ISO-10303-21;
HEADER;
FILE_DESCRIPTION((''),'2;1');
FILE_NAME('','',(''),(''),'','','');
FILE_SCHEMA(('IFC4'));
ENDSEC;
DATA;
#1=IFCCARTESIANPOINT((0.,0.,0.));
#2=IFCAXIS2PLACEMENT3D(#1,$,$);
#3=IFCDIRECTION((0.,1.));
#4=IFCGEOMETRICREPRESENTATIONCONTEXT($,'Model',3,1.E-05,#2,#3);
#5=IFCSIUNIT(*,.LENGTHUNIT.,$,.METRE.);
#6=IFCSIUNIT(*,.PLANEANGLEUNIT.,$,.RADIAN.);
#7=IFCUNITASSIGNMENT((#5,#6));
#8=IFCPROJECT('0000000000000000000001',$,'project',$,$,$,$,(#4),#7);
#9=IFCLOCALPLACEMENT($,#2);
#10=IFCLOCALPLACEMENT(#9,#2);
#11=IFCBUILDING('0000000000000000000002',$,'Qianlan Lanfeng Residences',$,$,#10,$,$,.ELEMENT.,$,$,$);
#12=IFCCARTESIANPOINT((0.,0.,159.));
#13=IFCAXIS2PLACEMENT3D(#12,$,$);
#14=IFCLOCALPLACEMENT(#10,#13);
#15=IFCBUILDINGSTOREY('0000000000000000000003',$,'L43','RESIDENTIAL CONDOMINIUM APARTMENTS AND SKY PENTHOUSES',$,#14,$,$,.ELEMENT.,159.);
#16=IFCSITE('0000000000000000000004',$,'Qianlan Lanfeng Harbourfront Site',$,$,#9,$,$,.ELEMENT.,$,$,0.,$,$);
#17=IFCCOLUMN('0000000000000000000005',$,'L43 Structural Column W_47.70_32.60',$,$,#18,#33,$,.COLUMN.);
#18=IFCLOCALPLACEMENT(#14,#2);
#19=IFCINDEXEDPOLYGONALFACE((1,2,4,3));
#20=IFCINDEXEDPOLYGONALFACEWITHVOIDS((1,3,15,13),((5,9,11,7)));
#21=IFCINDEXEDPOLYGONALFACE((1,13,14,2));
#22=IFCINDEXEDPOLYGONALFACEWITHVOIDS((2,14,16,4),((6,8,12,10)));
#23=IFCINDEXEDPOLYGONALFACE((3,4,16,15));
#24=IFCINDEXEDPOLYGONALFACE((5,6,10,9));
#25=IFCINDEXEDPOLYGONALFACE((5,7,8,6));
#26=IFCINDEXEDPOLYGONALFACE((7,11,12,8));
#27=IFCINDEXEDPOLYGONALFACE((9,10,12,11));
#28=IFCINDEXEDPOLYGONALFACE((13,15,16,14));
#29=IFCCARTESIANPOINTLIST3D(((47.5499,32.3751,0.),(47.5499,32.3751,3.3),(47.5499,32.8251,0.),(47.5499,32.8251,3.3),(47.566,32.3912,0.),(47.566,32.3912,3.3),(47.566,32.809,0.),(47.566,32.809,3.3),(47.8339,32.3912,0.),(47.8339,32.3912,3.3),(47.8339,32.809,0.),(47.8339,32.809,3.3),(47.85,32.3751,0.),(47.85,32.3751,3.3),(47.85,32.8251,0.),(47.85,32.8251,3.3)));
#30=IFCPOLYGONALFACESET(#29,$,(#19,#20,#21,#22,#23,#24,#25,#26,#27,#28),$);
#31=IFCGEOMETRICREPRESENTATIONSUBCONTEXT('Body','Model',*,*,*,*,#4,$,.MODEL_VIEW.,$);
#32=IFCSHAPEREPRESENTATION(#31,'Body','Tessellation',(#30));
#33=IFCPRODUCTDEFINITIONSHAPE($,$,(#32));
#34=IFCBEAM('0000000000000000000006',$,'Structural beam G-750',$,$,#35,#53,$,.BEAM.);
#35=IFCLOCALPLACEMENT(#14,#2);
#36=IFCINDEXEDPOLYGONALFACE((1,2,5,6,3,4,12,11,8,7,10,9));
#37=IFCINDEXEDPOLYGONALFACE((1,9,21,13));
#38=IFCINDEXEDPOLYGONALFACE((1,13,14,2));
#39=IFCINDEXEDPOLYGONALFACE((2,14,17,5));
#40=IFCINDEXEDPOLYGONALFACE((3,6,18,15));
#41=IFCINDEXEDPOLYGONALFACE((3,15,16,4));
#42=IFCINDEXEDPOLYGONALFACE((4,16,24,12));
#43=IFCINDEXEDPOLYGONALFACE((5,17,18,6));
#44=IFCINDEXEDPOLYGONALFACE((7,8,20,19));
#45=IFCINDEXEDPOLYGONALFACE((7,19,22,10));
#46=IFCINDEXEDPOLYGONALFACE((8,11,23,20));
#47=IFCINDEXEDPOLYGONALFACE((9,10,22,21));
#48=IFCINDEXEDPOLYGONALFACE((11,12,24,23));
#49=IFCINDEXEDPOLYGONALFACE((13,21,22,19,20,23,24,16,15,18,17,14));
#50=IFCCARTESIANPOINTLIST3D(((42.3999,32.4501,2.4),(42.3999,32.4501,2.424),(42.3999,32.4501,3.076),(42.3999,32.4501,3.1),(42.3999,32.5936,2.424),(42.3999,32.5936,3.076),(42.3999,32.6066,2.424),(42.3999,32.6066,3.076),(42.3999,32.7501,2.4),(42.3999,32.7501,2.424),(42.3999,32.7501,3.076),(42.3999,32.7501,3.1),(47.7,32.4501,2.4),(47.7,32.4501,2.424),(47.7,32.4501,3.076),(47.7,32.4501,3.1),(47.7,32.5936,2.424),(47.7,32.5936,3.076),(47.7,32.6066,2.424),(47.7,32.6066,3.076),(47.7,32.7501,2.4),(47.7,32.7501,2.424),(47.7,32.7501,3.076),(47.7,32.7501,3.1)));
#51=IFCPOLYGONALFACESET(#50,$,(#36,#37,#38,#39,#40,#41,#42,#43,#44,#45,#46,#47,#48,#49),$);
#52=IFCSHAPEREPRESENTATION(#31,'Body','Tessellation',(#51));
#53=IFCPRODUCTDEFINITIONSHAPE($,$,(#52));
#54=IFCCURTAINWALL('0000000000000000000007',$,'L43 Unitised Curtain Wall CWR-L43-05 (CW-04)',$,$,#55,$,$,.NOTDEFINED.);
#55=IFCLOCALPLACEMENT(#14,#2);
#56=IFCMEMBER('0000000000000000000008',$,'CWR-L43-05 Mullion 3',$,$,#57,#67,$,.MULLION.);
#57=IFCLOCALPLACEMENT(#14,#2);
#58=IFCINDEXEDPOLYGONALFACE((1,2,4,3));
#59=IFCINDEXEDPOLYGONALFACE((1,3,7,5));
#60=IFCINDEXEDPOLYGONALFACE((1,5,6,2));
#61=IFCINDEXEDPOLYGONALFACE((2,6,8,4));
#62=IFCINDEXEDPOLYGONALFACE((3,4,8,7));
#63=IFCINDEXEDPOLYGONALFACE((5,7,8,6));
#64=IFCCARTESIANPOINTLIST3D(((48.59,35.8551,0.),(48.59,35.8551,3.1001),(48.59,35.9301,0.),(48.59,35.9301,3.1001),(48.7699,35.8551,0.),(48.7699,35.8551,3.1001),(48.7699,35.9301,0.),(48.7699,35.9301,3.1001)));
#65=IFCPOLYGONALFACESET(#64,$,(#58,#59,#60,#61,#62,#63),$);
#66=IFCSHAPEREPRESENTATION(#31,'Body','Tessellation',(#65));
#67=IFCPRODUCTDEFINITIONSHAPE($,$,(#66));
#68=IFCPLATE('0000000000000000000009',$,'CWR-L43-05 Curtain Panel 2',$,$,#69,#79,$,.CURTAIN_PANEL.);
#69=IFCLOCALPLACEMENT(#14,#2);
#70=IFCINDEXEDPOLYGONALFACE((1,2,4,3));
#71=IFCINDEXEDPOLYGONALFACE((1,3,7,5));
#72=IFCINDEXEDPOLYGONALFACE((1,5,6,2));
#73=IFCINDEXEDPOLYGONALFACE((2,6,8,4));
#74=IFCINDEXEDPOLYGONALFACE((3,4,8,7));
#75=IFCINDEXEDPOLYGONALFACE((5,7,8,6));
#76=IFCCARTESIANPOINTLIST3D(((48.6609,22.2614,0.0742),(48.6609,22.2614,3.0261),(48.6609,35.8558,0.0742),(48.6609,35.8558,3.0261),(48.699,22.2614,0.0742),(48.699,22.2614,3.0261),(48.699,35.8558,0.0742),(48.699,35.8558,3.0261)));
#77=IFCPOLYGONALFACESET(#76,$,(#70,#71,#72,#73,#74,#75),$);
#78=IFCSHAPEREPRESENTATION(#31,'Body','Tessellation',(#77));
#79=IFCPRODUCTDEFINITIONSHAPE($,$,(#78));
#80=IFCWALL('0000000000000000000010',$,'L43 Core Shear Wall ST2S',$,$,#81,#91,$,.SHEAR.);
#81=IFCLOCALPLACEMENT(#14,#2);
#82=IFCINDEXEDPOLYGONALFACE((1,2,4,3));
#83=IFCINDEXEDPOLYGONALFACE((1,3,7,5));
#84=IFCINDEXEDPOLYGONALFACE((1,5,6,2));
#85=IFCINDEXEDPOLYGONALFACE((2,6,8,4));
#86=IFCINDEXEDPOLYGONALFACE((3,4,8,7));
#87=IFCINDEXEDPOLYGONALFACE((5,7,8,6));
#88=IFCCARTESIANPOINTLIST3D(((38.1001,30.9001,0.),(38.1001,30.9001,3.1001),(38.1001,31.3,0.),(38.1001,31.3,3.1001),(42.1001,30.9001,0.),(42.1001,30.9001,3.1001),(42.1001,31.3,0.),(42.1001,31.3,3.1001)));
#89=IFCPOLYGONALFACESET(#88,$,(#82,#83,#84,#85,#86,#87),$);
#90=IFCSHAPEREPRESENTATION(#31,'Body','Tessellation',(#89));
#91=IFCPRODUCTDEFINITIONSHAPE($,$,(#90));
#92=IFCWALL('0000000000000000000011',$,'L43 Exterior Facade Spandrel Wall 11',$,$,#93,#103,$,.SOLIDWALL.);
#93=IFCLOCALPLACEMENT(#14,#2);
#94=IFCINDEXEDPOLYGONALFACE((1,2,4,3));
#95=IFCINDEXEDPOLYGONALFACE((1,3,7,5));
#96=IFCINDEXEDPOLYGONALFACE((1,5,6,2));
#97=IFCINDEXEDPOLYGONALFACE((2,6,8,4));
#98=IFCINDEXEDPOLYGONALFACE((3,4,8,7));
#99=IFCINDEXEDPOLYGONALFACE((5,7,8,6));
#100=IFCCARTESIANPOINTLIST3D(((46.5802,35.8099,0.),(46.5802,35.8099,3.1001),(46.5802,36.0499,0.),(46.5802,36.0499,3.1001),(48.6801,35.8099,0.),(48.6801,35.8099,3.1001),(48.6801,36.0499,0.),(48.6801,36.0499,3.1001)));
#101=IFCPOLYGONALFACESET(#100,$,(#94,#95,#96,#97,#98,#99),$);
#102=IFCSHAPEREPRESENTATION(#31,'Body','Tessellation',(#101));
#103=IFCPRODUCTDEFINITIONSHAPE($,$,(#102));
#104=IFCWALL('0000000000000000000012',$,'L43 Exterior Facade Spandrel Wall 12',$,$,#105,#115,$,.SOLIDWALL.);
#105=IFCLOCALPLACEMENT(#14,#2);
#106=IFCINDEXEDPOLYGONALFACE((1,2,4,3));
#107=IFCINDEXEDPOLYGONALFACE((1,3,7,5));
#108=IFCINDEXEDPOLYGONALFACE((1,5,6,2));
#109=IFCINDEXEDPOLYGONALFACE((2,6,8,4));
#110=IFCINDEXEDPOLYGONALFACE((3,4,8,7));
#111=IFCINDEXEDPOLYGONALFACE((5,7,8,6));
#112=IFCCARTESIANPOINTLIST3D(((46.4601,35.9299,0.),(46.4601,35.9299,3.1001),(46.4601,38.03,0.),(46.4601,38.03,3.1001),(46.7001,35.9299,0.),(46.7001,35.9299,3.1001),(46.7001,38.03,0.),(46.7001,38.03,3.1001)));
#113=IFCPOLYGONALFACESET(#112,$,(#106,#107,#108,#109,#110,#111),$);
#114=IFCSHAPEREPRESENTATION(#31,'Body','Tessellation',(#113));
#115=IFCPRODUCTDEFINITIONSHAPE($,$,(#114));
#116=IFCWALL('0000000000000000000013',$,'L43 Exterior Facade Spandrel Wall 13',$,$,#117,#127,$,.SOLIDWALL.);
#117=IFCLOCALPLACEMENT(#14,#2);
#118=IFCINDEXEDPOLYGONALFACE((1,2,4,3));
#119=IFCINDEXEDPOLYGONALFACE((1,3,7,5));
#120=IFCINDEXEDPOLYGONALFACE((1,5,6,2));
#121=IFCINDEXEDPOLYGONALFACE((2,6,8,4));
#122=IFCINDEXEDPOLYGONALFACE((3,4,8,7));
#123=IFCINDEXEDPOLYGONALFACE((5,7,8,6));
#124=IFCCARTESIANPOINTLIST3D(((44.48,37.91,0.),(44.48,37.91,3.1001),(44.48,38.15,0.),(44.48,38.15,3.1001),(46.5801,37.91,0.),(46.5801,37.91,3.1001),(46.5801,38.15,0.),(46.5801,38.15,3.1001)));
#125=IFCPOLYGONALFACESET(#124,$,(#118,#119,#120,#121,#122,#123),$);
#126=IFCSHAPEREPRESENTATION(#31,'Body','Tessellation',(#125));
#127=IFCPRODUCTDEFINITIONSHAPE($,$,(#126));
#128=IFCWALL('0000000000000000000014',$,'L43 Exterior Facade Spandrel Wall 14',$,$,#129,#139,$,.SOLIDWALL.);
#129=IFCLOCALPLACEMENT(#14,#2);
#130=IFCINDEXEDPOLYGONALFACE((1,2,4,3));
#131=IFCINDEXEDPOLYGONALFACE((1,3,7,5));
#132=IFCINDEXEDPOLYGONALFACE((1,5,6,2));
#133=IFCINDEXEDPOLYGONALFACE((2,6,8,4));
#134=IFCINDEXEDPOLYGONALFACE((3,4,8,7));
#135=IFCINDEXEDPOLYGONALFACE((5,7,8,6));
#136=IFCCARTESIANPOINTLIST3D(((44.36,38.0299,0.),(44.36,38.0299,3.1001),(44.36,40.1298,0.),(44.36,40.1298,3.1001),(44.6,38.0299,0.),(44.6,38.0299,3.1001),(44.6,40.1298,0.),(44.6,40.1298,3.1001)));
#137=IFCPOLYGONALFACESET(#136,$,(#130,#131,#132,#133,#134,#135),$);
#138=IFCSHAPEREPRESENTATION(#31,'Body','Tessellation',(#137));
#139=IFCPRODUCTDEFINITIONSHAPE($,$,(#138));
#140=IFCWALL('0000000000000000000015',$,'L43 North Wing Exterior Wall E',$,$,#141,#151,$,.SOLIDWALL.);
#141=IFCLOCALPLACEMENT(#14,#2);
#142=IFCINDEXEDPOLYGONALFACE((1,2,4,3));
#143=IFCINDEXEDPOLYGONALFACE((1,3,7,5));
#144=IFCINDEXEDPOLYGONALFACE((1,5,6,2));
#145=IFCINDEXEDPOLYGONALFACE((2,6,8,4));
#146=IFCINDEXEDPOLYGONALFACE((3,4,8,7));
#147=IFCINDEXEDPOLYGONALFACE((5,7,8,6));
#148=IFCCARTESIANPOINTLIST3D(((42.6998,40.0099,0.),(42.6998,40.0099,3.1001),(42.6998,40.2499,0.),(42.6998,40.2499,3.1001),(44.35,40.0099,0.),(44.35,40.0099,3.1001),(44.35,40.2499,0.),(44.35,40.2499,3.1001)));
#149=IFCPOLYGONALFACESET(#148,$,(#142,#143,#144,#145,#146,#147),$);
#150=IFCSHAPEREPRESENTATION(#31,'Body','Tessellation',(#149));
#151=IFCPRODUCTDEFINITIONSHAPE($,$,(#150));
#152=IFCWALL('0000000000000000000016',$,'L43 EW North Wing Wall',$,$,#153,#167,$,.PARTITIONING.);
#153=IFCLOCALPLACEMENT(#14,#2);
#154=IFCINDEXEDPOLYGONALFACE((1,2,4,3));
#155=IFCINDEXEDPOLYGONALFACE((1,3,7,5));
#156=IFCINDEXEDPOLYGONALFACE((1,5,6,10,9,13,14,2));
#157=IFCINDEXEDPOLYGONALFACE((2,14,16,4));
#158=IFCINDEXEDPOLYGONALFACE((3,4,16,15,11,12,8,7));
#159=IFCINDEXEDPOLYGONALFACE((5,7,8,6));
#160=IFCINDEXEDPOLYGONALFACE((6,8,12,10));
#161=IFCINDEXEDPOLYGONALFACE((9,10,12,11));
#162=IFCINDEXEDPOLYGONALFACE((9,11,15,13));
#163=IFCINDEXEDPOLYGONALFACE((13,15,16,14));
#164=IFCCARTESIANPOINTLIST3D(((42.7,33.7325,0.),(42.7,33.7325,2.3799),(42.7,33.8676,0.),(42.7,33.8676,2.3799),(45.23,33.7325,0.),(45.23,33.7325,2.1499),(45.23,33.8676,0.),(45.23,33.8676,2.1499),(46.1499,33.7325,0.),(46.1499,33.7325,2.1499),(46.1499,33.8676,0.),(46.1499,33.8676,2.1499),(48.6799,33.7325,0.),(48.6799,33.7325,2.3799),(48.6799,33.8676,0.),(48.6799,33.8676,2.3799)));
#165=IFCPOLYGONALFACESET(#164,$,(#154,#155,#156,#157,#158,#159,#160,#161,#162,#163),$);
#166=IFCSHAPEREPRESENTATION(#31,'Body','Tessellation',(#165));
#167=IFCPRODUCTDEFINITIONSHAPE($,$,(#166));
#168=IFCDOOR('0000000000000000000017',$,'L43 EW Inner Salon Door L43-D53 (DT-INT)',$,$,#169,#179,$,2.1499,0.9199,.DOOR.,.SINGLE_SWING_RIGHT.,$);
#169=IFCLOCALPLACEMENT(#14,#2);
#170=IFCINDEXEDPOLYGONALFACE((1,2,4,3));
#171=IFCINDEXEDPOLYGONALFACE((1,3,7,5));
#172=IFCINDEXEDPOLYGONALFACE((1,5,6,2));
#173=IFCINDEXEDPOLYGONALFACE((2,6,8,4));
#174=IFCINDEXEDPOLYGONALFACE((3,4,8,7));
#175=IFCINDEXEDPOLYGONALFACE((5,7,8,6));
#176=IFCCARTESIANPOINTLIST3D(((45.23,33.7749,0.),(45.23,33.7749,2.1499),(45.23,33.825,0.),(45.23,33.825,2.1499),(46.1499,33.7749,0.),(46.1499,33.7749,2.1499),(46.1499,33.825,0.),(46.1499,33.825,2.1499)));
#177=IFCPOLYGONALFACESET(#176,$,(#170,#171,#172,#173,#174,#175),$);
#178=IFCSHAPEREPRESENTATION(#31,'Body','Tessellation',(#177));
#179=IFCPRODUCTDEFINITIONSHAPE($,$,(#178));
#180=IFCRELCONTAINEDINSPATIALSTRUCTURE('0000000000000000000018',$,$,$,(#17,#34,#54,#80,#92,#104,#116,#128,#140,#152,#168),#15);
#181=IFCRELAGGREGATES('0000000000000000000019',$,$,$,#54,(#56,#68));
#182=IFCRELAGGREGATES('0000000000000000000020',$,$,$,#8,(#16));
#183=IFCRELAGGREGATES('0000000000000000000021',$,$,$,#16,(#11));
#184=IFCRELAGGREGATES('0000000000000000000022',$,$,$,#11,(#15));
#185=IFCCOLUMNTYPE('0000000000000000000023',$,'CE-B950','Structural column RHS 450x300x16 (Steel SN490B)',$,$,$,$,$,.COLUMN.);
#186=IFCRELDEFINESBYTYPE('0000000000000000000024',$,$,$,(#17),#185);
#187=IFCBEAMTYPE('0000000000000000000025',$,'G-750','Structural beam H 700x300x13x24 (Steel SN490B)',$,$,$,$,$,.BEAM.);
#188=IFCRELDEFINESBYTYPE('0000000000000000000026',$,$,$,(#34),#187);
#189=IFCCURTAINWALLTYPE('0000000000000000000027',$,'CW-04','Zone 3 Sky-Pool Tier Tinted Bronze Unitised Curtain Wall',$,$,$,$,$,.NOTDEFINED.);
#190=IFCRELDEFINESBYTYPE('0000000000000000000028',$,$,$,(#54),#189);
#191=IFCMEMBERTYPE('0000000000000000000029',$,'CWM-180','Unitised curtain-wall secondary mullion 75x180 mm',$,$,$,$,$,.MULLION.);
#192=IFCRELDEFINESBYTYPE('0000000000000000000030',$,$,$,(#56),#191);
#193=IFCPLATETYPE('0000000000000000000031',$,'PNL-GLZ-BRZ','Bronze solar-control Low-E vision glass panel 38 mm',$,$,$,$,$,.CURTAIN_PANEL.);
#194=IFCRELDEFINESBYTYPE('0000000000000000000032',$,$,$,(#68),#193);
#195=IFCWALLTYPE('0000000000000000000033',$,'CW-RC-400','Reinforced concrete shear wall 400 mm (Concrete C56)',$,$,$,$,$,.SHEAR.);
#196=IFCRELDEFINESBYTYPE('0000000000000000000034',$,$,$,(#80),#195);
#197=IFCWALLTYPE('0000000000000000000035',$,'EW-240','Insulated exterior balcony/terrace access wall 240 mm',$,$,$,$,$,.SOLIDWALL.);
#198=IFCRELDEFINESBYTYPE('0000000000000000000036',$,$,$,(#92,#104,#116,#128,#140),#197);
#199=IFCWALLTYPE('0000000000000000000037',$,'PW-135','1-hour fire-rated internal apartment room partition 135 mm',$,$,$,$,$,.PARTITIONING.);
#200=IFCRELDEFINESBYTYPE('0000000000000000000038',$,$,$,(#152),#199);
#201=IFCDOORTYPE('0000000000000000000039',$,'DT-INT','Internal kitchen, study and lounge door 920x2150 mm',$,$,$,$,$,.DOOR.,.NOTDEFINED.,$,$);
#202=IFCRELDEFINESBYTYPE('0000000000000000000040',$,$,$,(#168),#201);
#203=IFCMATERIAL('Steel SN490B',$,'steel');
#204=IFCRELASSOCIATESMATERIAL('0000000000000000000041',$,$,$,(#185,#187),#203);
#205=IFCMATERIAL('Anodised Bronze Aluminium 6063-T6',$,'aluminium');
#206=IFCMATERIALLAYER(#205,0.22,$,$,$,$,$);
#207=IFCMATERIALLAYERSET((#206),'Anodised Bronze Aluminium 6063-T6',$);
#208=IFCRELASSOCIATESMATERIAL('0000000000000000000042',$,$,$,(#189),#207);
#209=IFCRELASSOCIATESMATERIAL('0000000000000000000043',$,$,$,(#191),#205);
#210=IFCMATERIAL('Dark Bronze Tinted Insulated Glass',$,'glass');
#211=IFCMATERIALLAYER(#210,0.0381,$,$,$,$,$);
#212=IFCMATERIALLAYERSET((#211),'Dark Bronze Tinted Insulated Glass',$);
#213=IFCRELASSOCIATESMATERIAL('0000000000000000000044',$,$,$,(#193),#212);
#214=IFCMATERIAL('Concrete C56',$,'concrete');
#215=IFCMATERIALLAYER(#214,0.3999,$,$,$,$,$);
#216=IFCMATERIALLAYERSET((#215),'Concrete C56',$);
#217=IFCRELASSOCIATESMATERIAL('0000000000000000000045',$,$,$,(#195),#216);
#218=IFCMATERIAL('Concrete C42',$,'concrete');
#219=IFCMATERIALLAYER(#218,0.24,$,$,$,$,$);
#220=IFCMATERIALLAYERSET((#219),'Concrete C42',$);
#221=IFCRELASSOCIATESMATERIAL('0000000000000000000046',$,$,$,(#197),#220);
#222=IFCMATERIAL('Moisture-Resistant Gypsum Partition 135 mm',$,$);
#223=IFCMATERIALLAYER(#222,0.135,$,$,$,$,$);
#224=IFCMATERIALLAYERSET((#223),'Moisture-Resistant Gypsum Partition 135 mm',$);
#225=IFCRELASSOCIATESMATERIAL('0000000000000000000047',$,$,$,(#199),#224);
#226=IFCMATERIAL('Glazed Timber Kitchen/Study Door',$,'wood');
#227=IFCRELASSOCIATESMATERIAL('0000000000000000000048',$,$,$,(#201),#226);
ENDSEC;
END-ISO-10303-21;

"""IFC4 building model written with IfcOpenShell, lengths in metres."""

from ifc_helpers import new_model, si_unit, direction, frame, frame_2d, origin, origin_2d, place, context, subcontext, project, spatial, rectangle, hollow_rectangle, i_section, extrude, source, transform, mapped, material, layer, layer_set, material_profile, profile_set, type_object, element, fill, aggregate, save


model = new_model("IFC4")

# Units and contexts
model_context = context("Model", 3, precision=1e-05, world=origin(), true_north=direction((0.0, 1.0)))
body_context = subcontext(model_context, "Body", "Model", "MODEL_VIEW")
ifc_project = project(units=[si_unit("LENGTHUNIT", "METRE"), si_unit("PLANEANGLEUNIT", "RADIAN")], contexts=[model_context])

# Site, building, storey
site_placement = place(None, origin())
site = spatial("IfcSite", under=ifc_project, at=site_placement, Name="Qianlan Lanfeng Harbourfront Site", CompositionType="ELEMENT", RefElevation=0.0)
building_placement = place(site_placement, origin())
building = spatial("IfcBuilding", under=site, at=building_placement, Name="Qianlan Lanfeng Residences", CompositionType="ELEMENT")
storey_placement = place(building_placement, frame((0.0, 0.0, 159.0)))
storey = spatial("IfcBuildingStorey", under=building, at=storey_placement, Name="L43", Description="RESIDENTIAL CONDOMINIUM APARTMENTS AND SKY PENTHOUSES", CompositionType="ELEMENT", Elevation=159.0)

# Column
ifc_material_1 = material(Name="Steel SN490B", Category="steel")
ifc_material_profile_1 = material_profile(ifc_material_1, hollow_rectangle(XDim=0.3, YDim=0.45, WallThickness=0.0161, at=origin_2d()), Name="RHS 450x300x16")
ifc_profile_set_1 = profile_set([ifc_material_profile_1], Name="Steel SN490B")
column_type = type_object("IfcColumnType", Name="CE-B950", Description="Structural column RHS 450x300x16 (Steel SN490B)", PredefinedType="COLUMN", material=ifc_profile_set_1)
column_placement = place(storey_placement, frame((47.7, 32.6001, 0.0), z_axis=(0.0, 0.0, 1.0), x_axis=(1.0, 0.0, 0.0)))
element("IfcColumn", 1, at=column_placement, inside=storey, type_object=column_type, Name="L43 Structural Column W_47.70_32.60", PredefinedType="COLUMN", context=body_context, shape_type="SweptSolid", body=[
    extrude(hollow_rectangle(XDim=0.3, YDim=0.45, WallThickness=0.0161, at=origin_2d()), origin(), (0.0, 0.0, 1.0), 3.3),
])

# Beam
ifc_material_profile_2 = material_profile(ifc_material_1, i_section(OverallWidth=0.3, OverallDepth=0.7, WebThickness=0.0129, FlangeThickness=0.0239, at=origin_2d()), Name="H 700x300x13x24")
ifc_profile_set_2 = profile_set([ifc_material_profile_2], Name="Steel SN490B")
beam_type = type_object("IfcBeamType", Name="G-750", Description="Structural beam H 700x300x13x24 (Steel SN490B)", PredefinedType="BEAM", material=ifc_profile_set_2)
beam_placement = place(storey_placement, frame((42.3999, 32.6001, 2.75), z_axis=(1.0, 0.0, 0.0), x_axis=(0.0, 1.0, 0.0)))
element("IfcBeam", 2, at=beam_placement, inside=storey, type_object=beam_type, Name="Structural beam G-750", PredefinedType="BEAM", context=body_context, shape_type="SweptSolid", body=[
    extrude(i_section(OverallWidth=0.3, OverallDepth=0.7, WebThickness=0.0129, FlangeThickness=0.0239, at=origin_2d()), origin(), (0.0, 0.0, 1.0), 5.3),
])

# Curtain wall, member, plate
ifc_material_2 = material(Name="Anodised Bronze Aluminium 6063-T6", Category="aluminium")
ifc_layer_1 = layer(ifc_material_2, 0.22)
ifc_layer_set_1 = layer_set([ifc_layer_1], Name="Anodised Bronze Aluminium 6063-T6")
curtain_wall_type = type_object("IfcCurtainWallType", Name="CW-04", Description="Zone 3 Sky-Pool Tier Tinted Bronze Unitised Curtain Wall", PredefinedType="NOTDEFINED", material=ifc_layer_set_1)
curtain_wall_placement = place(storey_placement, origin())
curtain_wall = element("IfcCurtainWall", 3, at=curtain_wall_placement, inside=storey, type_object=curtain_wall_type, Name="L43 Unitised Curtain Wall CWR-L43-05 (CW-04)", PredefinedType="NOTDEFINED")
ifc_material_profile_3 = material_profile(ifc_material_2, rectangle(XDim=0.075, YDim=0.1799, at=origin_2d()), Name="ALU MULLION 75x180")
ifc_profile_set_3 = profile_set([ifc_material_profile_3], Name="Anodised Bronze Aluminium 6063-T6")
member_type = type_object("IfcMemberType", Name="CWM-180", Description="Unitised curtain-wall secondary mullion 75x180 mm", PredefinedType="MULLION", material=ifc_profile_set_3)
shared_shape_1 = source(origin(), body_context, "Body", "SweptSolid", [
    extrude(rectangle(XDim=0.075, YDim=0.1799, at=origin_2d()), origin(), (0.0, 0.0, 1.0), 3.1001),
])
member_placement = place(storey_placement, frame((48.6799, 35.8926, 0.0), z_axis=(0.0, 0.0, 1.0), x_axis=(0.0, 1.0, 0.0)))
member = element("IfcMember", 4, at=member_placement, type_object=member_type, Name="CWR-L43-05 Mullion 3", PredefinedType="MULLION", context=body_context, shape_type="MappedRepresentation", body=[
    mapped(shared_shape_1, transform((0.0, 0.0, 0.0), scale=1.0)),
])
ifc_material_3 = material(Name="Dark Bronze Tinted Insulated Glass", Category="glass")
ifc_layer_2 = layer(ifc_material_3, 0.0381)
ifc_layer_set_2 = layer_set([ifc_layer_2], Name="Dark Bronze Tinted Insulated Glass")
plate_type = type_object("IfcPlateType", Name="PNL-GLZ-BRZ", Description="Bronze solar-control Low-E vision glass panel 38 mm", PredefinedType="CURTAIN_PANEL", material=ifc_layer_set_2)
shared_shape_2 = source(origin(), body_context, "Body", "SweptSolid", [
    extrude(rectangle(XDim=13.5945, YDim=0.0381, at=origin_2d()), origin(), (0.0, 0.0, 1.0), 2.9519),
])
plate_placement = place(storey_placement, frame((48.6799, 29.0586, 0.0742), z_axis=(0.0, 0.0, 1.0), x_axis=(0.0, 1.0, 0.0)))
plate = element("IfcPlate", 5, at=plate_placement, type_object=plate_type, Name="CWR-L43-05 Curtain Panel 2", PredefinedType="CURTAIN_PANEL", context=body_context, shape_type="MappedRepresentation", body=[
    mapped(shared_shape_2, transform((0.0, 0.0, 0.0), scale=1.0)),
])
aggregate(curtain_wall, [member, plate])

# Walls
ifc_material_4 = material(Name="Concrete C56", Category="concrete")
ifc_layer_3 = layer(ifc_material_4, 0.3999)
ifc_layer_set_3 = layer_set([ifc_layer_3], Name="Concrete C56")
wall_type_1 = type_object("IfcWallType", Name="CW-RC-400", Description="Reinforced concrete shear wall 400 mm (Concrete C56)", PredefinedType="SHEAR", material=ifc_layer_set_3)
wall_1_placement = place(storey_placement, frame((38.1001, 31.1001, 0.0), z_axis=(0.0, 0.0, 1.0), x_axis=(1.0, 0.0, 0.0)))
element("IfcWall", 6, at=wall_1_placement, inside=storey, type_object=wall_type_1, Name="L43 Core Shear Wall ST2S", PredefinedType="SHEAR", context=body_context, shape_type="SweptSolid", body=[
    extrude(rectangle(XDim=4.0, YDim=0.3999, at=frame_2d((2.0, 0.0))), origin(), (0.0, 0.0, 1.0), 3.1001),
])
ifc_material_5 = material(Name="Concrete C42", Category="concrete")
ifc_layer_4 = layer(ifc_material_5, 0.24)
ifc_layer_set_4 = layer_set([ifc_layer_4], Name="Concrete C42")
wall_type_2 = type_object("IfcWallType", Name="EW-240", Description="Insulated exterior balcony/terrace access wall 240 mm", PredefinedType="SOLIDWALL", material=ifc_layer_set_4)
wall_2_placement = place(storey_placement, frame((48.6799, 35.9299, 0.0), z_axis=(0.0, 0.0, 1.0), x_axis=(-1.0, 0.0, 0.0)))
element("IfcWall", 7, at=wall_2_placement, inside=storey, type_object=wall_type_2, Name="L43 Exterior Facade Spandrel Wall 11", PredefinedType="SOLIDWALL", context=body_context, shape_type="SweptSolid", body=[
    extrude(rectangle(XDim=2.0999, YDim=0.24, at=frame_2d((1.0498, 0.0))), origin(), (0.0, 0.0, 1.0), 3.1001),
])
for number, where, z_axis, x_axis, name in (
    (8, (46.5801, 35.9299, 0.0), (0.0, 0.0, 1.0), (0.0, 1.0, 0.0), "L43 Exterior Facade Spandrel Wall 12"),
    (9, (46.5801, 38.03, 0.0), (0.0, 0.0, 1.0), (-1.0, 0.0, 0.0), "L43 Exterior Facade Spandrel Wall 13"),
):
    element("IfcWall", number, at=place(storey_placement, frame(where, z_axis=z_axis, x_axis=x_axis)), inside=storey, type_object=wall_type_2, Name=name, PredefinedType="SOLIDWALL", context=body_context, shape_type="SweptSolid", body=[
        extrude(rectangle(XDim=2.1001, YDim=0.24, at=frame_2d((1.05, 0.0))), origin(), (0.0, 0.0, 1.0), 3.1001),
    ])
wall_3_placement = place(storey_placement, frame((44.48, 38.03, 0.0), z_axis=(0.0, 0.0, 1.0), x_axis=(0.0, 1.0, 0.0)))
element("IfcWall", 10, at=wall_3_placement, inside=storey, type_object=wall_type_2, Name="L43 Exterior Facade Spandrel Wall 14", PredefinedType="SOLIDWALL", context=body_context, shape_type="SweptSolid", body=[
    extrude(rectangle(XDim=2.0999, YDim=0.24, at=frame_2d((1.0498, 0.0))), origin(), (0.0, 0.0, 1.0), 3.1001),
])
wall_4_placement = place(storey_placement, frame((44.3501, 40.1299, 0.0), z_axis=(0.0, 0.0, 1.0), x_axis=(-1.0, 0.0, 0.0)))
element("IfcWall", 11, at=wall_4_placement, inside=storey, type_object=wall_type_2, Name="L43 North Wing Exterior Wall E", PredefinedType="SOLIDWALL", context=body_context, shape_type="SweptSolid", body=[
    extrude(rectangle(XDim=1.6501, YDim=0.24, at=frame_2d((0.8252, 0.0))), origin(), (0.0, 0.0, 1.0), 3.1001),
])

# Wall, opening, door
ifc_material_6 = material(Name="Moisture-Resistant Gypsum Partition 135 mm")
ifc_layer_5 = layer(ifc_material_6, 0.135)
ifc_layer_set_5 = layer_set([ifc_layer_5], Name="Moisture-Resistant Gypsum Partition 135 mm")
wall_type_3 = type_object("IfcWallType", Name="PW-135", Description="1-hour fire-rated internal apartment room partition 135 mm", PredefinedType="PARTITIONING", material=ifc_layer_set_5)
wall_5_placement = place(storey_placement, frame((42.7, 33.8, 0.0), z_axis=(0.0, 0.0, 1.0), x_axis=(1.0, 0.0, 0.0)))
wall_5 = element("IfcWall", 12, at=wall_5_placement, inside=storey, type_object=wall_type_3, Name="L43 EW North Wing Wall", PredefinedType="PARTITIONING", context=body_context, shape_type="SweptSolid", body=[
    extrude(rectangle(XDim=5.98, YDim=0.135, at=frame_2d((2.99, 0.0))), origin(), (0.0, 0.0, 1.0), 2.3799),
])
opening_placement = place(wall_5_placement, frame((2.53, 0.0, 0.0)))
opening = element("IfcOpeningElement", 13, at=opening_placement, cuts=wall_5, PredefinedType="OPENING", context=body_context, shape_type="SweptSolid", body=[
    extrude(rectangle(XDim=0.9199, YDim=2.1499, at=frame_2d((0.46, 1.075))), frame((0.0, 0.0776, 0.0), z_axis=(0.0, -1.0, 0.0), x_axis=(1.0, 0.0, 0.0)), (0.0, 0.0, 1.0), 0.155),
])
ifc_material_7 = material(Name="Glazed Timber Kitchen/Study Door", Category="wood")
door_type = type_object("IfcDoorType", Name="DT-INT", Description="Internal kitchen, study and lounge door 920x2150 mm", OperationType="NOTDEFINED", PredefinedType="DOOR", material=ifc_material_7)
door_placement = place(opening_placement, origin())
door = element("IfcDoor", 14, at=door_placement, inside=storey, type_object=door_type, Name="L43 EW Inner Salon Door L43-D53 (DT-INT)", OperationType="SINGLE_SWING_RIGHT", OverallHeight=2.1499, OverallWidth=0.9199, PredefinedType="DOOR", context=body_context, shape_type="SweptSolid", body=[
    extrude(rectangle(XDim=0.9199, YDim=2.1499, at=frame_2d((0.46, 1.075))), frame((0.0, 0.0249, 0.0), z_axis=(0.0, -1.0, 0.0), x_axis=(1.0, 0.0, 0.0)), (0.0, 0.0, 1.0), 0.05),
])
fill(opening, door)

save(model, "model.ifc")
